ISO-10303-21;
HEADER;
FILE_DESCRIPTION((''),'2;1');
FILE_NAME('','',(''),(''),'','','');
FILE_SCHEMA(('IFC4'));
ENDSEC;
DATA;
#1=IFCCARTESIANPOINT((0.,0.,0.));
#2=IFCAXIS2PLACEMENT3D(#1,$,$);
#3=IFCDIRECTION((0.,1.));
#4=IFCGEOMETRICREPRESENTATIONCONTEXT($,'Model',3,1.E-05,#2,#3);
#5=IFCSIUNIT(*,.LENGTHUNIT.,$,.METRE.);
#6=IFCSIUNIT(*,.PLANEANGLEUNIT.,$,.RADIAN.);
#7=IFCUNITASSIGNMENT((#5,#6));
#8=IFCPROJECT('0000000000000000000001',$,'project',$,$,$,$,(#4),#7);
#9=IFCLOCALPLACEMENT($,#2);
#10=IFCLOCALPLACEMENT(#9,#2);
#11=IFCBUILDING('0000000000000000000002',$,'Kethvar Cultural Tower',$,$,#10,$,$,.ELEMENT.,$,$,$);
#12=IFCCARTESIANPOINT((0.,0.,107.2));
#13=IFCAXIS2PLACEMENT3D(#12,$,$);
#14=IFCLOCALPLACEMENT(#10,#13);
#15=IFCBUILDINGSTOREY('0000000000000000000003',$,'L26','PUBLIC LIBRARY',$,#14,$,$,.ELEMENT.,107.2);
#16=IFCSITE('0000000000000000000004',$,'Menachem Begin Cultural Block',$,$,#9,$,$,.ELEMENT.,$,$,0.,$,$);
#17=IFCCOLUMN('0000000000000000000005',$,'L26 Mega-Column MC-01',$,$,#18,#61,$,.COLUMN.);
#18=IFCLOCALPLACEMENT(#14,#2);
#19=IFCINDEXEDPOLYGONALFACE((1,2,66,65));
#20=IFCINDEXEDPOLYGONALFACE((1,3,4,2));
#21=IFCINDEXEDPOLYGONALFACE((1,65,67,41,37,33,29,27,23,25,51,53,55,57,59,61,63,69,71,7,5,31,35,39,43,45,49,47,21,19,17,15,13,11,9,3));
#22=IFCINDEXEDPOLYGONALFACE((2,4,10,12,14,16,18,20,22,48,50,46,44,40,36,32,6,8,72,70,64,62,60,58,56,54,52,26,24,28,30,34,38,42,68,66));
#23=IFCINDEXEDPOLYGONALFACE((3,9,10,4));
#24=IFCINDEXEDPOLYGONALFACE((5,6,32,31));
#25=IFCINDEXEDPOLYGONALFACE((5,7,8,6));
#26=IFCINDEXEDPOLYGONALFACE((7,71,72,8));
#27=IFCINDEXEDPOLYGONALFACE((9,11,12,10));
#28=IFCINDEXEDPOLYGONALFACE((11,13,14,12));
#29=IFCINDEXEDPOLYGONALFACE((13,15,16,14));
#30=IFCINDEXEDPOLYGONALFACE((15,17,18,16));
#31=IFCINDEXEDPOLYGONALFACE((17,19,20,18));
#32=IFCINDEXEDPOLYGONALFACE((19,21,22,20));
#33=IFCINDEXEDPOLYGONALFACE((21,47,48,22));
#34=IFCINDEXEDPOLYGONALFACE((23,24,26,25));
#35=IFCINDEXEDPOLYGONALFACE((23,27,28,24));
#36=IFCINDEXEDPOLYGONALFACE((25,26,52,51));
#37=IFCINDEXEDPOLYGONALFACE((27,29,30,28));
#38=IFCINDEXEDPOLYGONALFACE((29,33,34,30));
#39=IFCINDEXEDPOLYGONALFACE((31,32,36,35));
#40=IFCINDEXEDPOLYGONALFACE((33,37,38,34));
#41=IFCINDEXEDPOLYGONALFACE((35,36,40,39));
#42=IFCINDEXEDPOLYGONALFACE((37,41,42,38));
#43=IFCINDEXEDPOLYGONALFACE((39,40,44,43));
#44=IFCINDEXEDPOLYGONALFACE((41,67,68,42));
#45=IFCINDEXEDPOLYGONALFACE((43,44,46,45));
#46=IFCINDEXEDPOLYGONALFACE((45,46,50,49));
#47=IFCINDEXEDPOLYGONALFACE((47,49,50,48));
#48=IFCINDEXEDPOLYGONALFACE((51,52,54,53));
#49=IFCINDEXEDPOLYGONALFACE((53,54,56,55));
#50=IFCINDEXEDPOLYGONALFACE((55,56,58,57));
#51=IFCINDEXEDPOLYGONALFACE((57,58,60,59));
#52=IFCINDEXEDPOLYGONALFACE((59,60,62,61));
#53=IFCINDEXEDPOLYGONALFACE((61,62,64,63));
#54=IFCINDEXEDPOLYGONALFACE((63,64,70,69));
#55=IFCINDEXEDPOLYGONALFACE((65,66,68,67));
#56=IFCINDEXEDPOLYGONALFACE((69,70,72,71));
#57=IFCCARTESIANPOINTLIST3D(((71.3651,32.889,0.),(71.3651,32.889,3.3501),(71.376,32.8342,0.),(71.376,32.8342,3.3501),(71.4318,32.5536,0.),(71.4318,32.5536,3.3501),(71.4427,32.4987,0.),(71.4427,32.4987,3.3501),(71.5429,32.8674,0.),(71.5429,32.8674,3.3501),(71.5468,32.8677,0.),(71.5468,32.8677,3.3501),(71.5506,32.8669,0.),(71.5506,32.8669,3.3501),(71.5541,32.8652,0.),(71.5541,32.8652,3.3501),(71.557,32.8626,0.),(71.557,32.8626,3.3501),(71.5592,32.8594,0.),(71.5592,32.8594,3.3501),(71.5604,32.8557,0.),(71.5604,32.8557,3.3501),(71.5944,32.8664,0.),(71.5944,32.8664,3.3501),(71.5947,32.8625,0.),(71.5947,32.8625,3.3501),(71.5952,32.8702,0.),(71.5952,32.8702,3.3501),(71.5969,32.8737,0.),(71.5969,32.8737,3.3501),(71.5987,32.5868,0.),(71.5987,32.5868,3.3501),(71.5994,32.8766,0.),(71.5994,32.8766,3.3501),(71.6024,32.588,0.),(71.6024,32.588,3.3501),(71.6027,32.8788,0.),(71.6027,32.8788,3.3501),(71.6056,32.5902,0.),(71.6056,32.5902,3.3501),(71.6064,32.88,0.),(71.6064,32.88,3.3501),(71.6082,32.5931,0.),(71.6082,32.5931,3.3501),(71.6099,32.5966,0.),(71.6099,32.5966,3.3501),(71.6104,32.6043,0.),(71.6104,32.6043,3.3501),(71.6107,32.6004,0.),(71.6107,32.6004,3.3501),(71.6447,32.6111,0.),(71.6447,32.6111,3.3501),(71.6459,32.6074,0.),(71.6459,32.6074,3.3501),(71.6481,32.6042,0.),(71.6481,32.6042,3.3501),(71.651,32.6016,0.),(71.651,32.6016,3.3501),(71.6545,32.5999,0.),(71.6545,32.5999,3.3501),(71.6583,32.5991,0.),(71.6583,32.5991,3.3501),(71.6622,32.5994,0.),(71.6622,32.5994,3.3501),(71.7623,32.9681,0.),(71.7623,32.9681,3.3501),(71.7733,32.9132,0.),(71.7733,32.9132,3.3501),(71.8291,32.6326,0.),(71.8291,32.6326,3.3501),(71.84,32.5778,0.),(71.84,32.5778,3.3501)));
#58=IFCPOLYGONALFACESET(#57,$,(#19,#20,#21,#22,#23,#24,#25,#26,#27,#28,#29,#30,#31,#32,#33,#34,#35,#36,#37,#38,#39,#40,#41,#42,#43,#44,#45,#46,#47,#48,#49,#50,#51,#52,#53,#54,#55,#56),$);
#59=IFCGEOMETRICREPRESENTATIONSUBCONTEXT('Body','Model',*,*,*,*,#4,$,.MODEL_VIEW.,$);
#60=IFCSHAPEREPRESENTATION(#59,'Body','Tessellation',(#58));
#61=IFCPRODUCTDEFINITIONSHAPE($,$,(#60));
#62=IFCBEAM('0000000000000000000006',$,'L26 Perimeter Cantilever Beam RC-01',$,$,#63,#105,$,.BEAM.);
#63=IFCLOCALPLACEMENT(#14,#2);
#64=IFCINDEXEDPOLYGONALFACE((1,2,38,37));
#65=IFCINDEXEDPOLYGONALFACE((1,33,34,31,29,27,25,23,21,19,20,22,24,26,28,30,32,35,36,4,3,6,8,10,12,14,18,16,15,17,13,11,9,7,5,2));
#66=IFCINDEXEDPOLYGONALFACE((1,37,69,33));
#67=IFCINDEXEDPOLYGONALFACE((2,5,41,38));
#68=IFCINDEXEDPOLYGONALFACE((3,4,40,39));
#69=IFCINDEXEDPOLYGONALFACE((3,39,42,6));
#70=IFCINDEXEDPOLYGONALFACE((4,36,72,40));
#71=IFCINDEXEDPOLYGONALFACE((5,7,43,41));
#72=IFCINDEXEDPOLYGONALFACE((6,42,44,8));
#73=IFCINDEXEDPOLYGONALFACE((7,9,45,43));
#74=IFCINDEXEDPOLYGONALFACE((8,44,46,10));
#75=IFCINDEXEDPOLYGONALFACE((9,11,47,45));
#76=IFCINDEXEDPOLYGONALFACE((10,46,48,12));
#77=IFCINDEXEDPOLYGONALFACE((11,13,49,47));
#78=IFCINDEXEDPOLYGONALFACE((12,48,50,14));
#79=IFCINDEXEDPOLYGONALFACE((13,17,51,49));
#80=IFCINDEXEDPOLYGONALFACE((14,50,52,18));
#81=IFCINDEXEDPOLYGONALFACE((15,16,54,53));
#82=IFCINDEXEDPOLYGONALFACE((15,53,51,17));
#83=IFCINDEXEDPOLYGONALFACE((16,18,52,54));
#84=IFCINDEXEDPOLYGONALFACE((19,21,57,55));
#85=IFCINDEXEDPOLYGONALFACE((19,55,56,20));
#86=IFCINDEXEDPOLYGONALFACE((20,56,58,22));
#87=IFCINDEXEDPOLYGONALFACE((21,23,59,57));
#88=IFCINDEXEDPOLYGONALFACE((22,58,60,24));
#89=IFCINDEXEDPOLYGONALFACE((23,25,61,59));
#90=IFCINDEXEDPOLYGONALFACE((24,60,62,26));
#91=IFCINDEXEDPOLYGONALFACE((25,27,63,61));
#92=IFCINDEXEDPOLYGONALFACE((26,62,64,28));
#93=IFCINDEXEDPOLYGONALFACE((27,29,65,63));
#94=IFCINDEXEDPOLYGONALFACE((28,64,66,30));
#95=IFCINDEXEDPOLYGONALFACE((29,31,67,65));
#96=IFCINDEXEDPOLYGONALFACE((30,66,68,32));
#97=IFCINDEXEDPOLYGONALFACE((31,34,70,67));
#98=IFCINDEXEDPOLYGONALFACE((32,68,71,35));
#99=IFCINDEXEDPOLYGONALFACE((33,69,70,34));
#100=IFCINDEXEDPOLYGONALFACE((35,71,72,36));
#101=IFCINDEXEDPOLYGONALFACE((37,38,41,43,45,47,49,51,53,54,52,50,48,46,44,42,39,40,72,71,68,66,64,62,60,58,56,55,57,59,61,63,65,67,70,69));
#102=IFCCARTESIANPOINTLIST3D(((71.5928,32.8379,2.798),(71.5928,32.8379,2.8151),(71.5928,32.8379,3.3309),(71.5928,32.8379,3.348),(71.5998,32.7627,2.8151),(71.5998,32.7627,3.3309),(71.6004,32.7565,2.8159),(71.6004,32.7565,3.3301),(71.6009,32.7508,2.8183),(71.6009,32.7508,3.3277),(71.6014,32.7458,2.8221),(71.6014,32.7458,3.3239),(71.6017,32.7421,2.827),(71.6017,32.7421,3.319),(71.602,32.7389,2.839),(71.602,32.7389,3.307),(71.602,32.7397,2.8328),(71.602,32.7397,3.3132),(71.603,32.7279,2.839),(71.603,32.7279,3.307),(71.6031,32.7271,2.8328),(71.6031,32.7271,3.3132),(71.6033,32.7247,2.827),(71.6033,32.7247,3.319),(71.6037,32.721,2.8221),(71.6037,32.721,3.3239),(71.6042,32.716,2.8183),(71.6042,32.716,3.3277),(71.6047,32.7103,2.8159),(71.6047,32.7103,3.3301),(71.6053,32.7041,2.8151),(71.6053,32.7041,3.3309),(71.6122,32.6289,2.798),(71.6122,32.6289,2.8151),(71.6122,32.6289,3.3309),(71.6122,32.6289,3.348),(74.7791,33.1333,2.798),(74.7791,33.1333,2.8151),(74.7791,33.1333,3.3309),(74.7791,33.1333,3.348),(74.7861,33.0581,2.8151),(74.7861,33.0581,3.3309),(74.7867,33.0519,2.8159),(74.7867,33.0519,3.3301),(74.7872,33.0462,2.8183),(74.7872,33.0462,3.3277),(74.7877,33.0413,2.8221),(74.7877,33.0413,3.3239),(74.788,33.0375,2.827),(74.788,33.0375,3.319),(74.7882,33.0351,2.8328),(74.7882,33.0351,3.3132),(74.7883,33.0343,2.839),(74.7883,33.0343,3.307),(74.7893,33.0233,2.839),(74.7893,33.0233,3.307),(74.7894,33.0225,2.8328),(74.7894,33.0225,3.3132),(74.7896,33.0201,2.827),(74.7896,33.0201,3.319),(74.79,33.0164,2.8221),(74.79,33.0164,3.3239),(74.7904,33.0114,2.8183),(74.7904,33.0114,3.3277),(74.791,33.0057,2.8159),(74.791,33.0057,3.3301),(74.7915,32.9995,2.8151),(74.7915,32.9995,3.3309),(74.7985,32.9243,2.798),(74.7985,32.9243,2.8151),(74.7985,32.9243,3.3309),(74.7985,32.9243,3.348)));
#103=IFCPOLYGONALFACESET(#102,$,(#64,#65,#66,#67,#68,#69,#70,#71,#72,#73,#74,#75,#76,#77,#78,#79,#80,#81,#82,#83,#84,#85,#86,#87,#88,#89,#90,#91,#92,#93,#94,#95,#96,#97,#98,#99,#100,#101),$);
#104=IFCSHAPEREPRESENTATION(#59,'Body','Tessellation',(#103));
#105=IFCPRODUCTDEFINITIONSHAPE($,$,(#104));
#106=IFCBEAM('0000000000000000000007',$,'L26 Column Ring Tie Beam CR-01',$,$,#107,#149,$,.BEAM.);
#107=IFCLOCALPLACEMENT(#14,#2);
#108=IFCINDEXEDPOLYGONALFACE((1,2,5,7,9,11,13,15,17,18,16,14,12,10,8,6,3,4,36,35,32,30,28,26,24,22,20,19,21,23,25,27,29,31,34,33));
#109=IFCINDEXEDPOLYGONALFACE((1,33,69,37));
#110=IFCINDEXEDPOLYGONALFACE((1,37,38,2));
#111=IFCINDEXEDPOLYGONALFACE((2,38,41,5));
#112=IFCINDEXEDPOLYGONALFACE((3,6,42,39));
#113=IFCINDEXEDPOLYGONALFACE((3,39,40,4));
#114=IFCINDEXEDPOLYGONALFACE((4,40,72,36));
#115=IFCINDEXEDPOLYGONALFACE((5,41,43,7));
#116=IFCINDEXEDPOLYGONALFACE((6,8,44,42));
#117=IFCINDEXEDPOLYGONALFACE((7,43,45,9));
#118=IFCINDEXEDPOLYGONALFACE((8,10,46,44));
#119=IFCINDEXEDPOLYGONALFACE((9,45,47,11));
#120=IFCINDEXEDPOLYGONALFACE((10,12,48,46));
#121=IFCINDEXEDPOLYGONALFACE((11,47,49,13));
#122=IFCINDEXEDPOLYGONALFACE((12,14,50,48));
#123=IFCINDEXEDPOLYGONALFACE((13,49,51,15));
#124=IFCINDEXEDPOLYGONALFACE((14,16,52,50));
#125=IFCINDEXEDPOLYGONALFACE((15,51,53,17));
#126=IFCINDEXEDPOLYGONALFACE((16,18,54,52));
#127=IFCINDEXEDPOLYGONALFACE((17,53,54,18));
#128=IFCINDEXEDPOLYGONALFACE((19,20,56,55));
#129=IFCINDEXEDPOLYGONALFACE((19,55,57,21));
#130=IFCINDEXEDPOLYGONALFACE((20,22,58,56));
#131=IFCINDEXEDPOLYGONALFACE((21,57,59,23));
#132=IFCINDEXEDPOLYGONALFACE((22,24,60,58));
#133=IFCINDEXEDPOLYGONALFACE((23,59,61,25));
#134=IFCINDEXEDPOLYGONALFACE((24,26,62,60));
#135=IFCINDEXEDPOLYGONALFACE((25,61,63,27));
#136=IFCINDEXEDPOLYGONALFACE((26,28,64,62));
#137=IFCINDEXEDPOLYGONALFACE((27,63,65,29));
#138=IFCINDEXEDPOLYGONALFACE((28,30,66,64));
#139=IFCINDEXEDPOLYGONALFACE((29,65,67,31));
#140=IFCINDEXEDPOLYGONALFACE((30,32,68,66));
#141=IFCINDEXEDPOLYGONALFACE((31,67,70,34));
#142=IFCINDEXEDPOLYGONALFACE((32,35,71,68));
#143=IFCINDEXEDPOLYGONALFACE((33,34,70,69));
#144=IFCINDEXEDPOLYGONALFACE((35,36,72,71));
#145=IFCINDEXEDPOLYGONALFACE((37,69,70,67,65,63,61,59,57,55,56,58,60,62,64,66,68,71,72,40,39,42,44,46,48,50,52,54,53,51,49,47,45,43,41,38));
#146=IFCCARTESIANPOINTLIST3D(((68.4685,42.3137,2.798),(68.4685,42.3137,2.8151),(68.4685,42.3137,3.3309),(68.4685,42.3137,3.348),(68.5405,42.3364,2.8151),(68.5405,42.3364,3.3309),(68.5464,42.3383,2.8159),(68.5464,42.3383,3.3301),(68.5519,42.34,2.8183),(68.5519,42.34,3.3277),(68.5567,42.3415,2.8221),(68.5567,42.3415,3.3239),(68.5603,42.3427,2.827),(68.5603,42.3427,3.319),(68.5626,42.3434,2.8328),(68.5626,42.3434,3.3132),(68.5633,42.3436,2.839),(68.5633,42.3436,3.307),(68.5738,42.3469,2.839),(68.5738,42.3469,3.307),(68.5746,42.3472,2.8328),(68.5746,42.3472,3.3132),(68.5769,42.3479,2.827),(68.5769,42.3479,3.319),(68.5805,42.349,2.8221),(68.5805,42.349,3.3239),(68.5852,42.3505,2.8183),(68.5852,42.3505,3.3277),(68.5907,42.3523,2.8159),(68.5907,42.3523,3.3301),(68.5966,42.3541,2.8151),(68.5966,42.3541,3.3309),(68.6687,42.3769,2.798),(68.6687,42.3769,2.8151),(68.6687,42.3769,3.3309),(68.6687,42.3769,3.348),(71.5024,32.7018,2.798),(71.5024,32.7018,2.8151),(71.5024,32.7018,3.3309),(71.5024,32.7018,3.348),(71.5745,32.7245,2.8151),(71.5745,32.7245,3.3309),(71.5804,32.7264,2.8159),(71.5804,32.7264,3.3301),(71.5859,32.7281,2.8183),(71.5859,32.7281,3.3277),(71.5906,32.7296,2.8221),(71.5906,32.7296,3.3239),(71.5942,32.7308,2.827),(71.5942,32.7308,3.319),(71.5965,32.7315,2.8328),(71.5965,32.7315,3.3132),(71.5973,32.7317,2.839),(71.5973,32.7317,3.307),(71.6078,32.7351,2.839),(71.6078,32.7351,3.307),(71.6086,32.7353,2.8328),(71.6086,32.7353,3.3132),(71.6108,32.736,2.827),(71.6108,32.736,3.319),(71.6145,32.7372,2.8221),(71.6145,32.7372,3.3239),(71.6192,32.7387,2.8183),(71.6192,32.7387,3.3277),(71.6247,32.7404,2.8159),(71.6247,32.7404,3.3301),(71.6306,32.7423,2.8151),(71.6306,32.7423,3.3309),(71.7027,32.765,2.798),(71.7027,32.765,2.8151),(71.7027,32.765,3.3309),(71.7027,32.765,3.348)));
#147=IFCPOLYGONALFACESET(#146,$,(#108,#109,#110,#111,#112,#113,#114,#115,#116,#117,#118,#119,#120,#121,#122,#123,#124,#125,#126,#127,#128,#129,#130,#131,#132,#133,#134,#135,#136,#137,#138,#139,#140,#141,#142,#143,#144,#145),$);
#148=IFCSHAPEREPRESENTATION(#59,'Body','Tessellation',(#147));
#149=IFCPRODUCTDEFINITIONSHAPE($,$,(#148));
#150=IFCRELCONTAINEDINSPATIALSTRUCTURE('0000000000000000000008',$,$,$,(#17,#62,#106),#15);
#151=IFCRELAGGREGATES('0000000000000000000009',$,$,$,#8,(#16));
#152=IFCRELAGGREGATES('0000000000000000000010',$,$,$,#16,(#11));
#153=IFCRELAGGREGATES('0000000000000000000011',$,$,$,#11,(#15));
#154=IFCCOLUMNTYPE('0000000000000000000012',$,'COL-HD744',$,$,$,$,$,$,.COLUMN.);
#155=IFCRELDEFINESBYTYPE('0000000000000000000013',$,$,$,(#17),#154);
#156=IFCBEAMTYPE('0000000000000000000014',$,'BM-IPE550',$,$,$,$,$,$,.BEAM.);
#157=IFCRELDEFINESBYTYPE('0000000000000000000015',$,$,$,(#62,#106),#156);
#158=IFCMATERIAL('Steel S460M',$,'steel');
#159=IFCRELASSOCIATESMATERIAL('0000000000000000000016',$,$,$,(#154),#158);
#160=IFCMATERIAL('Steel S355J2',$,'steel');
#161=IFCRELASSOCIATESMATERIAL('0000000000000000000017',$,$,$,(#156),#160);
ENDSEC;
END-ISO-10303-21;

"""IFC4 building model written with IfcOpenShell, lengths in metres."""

from ifc_helpers import new_model, si_unit, direction, frame, origin, origin_2d, place, context, subcontext, project, spatial, i_section, extrude, source, transform, mapped, material, material_profile, profile_set, type_object, element, save


model = new_model("IFC4")

# Units and contexts
model_context = context("Model", 3, precision=1e-05, world=origin(), true_north=direction((0.0, 1.0)))
body_context = subcontext(model_context, "Body", "Model", "MODEL_VIEW")
ifc_project = project(units=[si_unit("LENGTHUNIT", "METRE"), si_unit("PLANEANGLEUNIT", "RADIAN")], contexts=[model_context])

# Site, building, storey
site_placement = place(None, origin())
site = spatial("IfcSite", under=ifc_project, at=site_placement, Name="Menachem Begin Cultural Block", CompositionType="ELEMENT", RefElevation=0.0)
building_placement = place(site_placement, origin())
building = spatial("IfcBuilding", under=site, at=building_placement, Name="Kethvar Cultural Tower", CompositionType="ELEMENT")
storey_placement = place(building_placement, frame((0.0, 0.0, 107.2)))
storey = spatial("IfcBuildingStorey", under=building, at=storey_placement, Name="L26", Description="PUBLIC LIBRARY", CompositionType="ELEMENT", Elevation=107.2)

# Column
ifc_material_1 = material(Name="Steel S460M", Category="steel")
ifc_material_profile_1 = material_profile(ifc_material_1, i_section(OverallWidth=0.405, OverallDepth=0.3979, WebThickness=0.0349, FlangeThickness=0.0559, FilletRadius=0.0149, at=origin_2d()), Name="Steel S460M — HD400x744")
ifc_profile_set_1 = profile_set([ifc_material_profile_1], Name="Steel S460M — HD400x744")
column_type = type_object("IfcColumnType", Name="COL-HD744", PredefinedType="COLUMN", material=ifc_profile_set_1)
shared_shape_1 = source(origin(), body_context, "Body", "SweptSolid", [
    extrude(i_section(OverallWidth=0.405, OverallDepth=0.3979, WebThickness=0.0349, FlangeThickness=0.0559, FilletRadius=0.0149, at=origin_2d()), origin(), (0.0, 0.0, 1.0), 3.3501),
])
column_placement = place(storey_placement, frame((71.6025, 32.7334, 0.0), z_axis=(0.0, 0.0, 1.0), x_axis=(0.980785, 0.19509, 0.0)))
element("IfcColumn", 1, at=column_placement, inside=storey, type_object=column_type, Name="L26 Mega-Column MC-01", PredefinedType="COLUMN", context=body_context, shape_type="MappedRepresentation", body=[
    mapped(shared_shape_1, transform((0.0, 0.0, 0.0), scale=1.0)),
])

# Beams
ifc_material_2 = material(Name="Steel S355J2", Category="steel")
ifc_material_profile_2 = material_profile(ifc_material_2, i_section(OverallWidth=0.21, OverallDepth=0.55, WebThickness=0.011, FlangeThickness=0.0171, FilletRadius=0.0239, at=origin_2d()), Name="Steel S355J2 — IPE550")
ifc_profile_set_2 = profile_set([ifc_material_profile_2], Name="Steel S355J2 — IPE550")
beam_type_1 = type_object("IfcBeamType", Name="BM-IPE550", PredefinedType="BEAM", material=ifc_profile_set_2)
shared_shape_2 = source(origin(), body_context, "Body", "SweptSolid", [
    extrude(i_section(OverallWidth=0.21, OverallDepth=0.55, WebThickness=0.011, FlangeThickness=0.0171, FilletRadius=0.0239, at=origin_2d()), origin(), (0.0, 0.0, 1.0), 3.2),
])
beam_1_placement = place(storey_placement, frame((71.6025, 32.7334, 3.073), z_axis=(0.99573, 0.092317, 0.0), x_axis=(-0.092317, 0.99573, 0.0)))
element("IfcBeam", 2, at=beam_1_placement, inside=storey, type_object=beam_type_1, Name="L26 Perimeter Cantilever Beam RC-01", PredefinedType="BEAM", context=body_context, shape_type="MappedRepresentation", body=[
    mapped(shared_shape_2, transform((0.0, 0.0, 0.0), scale=1.0)),
])
shared_shape_3 = source(origin(), body_context, "Body", "SweptSolid", [
    extrude(i_section(OverallWidth=0.21, OverallDepth=0.55, WebThickness=0.011, FlangeThickness=0.0171, FilletRadius=0.0239, at=origin_2d()), origin(), (0.0, 0.0, 1.0), 10.0793),
])
beam_2_placement = place(storey_placement, frame((71.6025, 32.7334, 3.073), z_axis=(-0.301007, 0.953622, 0.0), x_axis=(-0.953622, -0.301007, 0.0)))
element("IfcBeam", 3, at=beam_2_placement, inside=storey, type_object=beam_type_1, Name="L26 Column Ring Tie Beam CR-01", PredefinedType="BEAM", context=body_context, shape_type="MappedRepresentation", body=[
    mapped(shared_shape_3, transform((0.0, 0.0, 0.0), scale=1.0)),
])

save(model, "model.ifc")
